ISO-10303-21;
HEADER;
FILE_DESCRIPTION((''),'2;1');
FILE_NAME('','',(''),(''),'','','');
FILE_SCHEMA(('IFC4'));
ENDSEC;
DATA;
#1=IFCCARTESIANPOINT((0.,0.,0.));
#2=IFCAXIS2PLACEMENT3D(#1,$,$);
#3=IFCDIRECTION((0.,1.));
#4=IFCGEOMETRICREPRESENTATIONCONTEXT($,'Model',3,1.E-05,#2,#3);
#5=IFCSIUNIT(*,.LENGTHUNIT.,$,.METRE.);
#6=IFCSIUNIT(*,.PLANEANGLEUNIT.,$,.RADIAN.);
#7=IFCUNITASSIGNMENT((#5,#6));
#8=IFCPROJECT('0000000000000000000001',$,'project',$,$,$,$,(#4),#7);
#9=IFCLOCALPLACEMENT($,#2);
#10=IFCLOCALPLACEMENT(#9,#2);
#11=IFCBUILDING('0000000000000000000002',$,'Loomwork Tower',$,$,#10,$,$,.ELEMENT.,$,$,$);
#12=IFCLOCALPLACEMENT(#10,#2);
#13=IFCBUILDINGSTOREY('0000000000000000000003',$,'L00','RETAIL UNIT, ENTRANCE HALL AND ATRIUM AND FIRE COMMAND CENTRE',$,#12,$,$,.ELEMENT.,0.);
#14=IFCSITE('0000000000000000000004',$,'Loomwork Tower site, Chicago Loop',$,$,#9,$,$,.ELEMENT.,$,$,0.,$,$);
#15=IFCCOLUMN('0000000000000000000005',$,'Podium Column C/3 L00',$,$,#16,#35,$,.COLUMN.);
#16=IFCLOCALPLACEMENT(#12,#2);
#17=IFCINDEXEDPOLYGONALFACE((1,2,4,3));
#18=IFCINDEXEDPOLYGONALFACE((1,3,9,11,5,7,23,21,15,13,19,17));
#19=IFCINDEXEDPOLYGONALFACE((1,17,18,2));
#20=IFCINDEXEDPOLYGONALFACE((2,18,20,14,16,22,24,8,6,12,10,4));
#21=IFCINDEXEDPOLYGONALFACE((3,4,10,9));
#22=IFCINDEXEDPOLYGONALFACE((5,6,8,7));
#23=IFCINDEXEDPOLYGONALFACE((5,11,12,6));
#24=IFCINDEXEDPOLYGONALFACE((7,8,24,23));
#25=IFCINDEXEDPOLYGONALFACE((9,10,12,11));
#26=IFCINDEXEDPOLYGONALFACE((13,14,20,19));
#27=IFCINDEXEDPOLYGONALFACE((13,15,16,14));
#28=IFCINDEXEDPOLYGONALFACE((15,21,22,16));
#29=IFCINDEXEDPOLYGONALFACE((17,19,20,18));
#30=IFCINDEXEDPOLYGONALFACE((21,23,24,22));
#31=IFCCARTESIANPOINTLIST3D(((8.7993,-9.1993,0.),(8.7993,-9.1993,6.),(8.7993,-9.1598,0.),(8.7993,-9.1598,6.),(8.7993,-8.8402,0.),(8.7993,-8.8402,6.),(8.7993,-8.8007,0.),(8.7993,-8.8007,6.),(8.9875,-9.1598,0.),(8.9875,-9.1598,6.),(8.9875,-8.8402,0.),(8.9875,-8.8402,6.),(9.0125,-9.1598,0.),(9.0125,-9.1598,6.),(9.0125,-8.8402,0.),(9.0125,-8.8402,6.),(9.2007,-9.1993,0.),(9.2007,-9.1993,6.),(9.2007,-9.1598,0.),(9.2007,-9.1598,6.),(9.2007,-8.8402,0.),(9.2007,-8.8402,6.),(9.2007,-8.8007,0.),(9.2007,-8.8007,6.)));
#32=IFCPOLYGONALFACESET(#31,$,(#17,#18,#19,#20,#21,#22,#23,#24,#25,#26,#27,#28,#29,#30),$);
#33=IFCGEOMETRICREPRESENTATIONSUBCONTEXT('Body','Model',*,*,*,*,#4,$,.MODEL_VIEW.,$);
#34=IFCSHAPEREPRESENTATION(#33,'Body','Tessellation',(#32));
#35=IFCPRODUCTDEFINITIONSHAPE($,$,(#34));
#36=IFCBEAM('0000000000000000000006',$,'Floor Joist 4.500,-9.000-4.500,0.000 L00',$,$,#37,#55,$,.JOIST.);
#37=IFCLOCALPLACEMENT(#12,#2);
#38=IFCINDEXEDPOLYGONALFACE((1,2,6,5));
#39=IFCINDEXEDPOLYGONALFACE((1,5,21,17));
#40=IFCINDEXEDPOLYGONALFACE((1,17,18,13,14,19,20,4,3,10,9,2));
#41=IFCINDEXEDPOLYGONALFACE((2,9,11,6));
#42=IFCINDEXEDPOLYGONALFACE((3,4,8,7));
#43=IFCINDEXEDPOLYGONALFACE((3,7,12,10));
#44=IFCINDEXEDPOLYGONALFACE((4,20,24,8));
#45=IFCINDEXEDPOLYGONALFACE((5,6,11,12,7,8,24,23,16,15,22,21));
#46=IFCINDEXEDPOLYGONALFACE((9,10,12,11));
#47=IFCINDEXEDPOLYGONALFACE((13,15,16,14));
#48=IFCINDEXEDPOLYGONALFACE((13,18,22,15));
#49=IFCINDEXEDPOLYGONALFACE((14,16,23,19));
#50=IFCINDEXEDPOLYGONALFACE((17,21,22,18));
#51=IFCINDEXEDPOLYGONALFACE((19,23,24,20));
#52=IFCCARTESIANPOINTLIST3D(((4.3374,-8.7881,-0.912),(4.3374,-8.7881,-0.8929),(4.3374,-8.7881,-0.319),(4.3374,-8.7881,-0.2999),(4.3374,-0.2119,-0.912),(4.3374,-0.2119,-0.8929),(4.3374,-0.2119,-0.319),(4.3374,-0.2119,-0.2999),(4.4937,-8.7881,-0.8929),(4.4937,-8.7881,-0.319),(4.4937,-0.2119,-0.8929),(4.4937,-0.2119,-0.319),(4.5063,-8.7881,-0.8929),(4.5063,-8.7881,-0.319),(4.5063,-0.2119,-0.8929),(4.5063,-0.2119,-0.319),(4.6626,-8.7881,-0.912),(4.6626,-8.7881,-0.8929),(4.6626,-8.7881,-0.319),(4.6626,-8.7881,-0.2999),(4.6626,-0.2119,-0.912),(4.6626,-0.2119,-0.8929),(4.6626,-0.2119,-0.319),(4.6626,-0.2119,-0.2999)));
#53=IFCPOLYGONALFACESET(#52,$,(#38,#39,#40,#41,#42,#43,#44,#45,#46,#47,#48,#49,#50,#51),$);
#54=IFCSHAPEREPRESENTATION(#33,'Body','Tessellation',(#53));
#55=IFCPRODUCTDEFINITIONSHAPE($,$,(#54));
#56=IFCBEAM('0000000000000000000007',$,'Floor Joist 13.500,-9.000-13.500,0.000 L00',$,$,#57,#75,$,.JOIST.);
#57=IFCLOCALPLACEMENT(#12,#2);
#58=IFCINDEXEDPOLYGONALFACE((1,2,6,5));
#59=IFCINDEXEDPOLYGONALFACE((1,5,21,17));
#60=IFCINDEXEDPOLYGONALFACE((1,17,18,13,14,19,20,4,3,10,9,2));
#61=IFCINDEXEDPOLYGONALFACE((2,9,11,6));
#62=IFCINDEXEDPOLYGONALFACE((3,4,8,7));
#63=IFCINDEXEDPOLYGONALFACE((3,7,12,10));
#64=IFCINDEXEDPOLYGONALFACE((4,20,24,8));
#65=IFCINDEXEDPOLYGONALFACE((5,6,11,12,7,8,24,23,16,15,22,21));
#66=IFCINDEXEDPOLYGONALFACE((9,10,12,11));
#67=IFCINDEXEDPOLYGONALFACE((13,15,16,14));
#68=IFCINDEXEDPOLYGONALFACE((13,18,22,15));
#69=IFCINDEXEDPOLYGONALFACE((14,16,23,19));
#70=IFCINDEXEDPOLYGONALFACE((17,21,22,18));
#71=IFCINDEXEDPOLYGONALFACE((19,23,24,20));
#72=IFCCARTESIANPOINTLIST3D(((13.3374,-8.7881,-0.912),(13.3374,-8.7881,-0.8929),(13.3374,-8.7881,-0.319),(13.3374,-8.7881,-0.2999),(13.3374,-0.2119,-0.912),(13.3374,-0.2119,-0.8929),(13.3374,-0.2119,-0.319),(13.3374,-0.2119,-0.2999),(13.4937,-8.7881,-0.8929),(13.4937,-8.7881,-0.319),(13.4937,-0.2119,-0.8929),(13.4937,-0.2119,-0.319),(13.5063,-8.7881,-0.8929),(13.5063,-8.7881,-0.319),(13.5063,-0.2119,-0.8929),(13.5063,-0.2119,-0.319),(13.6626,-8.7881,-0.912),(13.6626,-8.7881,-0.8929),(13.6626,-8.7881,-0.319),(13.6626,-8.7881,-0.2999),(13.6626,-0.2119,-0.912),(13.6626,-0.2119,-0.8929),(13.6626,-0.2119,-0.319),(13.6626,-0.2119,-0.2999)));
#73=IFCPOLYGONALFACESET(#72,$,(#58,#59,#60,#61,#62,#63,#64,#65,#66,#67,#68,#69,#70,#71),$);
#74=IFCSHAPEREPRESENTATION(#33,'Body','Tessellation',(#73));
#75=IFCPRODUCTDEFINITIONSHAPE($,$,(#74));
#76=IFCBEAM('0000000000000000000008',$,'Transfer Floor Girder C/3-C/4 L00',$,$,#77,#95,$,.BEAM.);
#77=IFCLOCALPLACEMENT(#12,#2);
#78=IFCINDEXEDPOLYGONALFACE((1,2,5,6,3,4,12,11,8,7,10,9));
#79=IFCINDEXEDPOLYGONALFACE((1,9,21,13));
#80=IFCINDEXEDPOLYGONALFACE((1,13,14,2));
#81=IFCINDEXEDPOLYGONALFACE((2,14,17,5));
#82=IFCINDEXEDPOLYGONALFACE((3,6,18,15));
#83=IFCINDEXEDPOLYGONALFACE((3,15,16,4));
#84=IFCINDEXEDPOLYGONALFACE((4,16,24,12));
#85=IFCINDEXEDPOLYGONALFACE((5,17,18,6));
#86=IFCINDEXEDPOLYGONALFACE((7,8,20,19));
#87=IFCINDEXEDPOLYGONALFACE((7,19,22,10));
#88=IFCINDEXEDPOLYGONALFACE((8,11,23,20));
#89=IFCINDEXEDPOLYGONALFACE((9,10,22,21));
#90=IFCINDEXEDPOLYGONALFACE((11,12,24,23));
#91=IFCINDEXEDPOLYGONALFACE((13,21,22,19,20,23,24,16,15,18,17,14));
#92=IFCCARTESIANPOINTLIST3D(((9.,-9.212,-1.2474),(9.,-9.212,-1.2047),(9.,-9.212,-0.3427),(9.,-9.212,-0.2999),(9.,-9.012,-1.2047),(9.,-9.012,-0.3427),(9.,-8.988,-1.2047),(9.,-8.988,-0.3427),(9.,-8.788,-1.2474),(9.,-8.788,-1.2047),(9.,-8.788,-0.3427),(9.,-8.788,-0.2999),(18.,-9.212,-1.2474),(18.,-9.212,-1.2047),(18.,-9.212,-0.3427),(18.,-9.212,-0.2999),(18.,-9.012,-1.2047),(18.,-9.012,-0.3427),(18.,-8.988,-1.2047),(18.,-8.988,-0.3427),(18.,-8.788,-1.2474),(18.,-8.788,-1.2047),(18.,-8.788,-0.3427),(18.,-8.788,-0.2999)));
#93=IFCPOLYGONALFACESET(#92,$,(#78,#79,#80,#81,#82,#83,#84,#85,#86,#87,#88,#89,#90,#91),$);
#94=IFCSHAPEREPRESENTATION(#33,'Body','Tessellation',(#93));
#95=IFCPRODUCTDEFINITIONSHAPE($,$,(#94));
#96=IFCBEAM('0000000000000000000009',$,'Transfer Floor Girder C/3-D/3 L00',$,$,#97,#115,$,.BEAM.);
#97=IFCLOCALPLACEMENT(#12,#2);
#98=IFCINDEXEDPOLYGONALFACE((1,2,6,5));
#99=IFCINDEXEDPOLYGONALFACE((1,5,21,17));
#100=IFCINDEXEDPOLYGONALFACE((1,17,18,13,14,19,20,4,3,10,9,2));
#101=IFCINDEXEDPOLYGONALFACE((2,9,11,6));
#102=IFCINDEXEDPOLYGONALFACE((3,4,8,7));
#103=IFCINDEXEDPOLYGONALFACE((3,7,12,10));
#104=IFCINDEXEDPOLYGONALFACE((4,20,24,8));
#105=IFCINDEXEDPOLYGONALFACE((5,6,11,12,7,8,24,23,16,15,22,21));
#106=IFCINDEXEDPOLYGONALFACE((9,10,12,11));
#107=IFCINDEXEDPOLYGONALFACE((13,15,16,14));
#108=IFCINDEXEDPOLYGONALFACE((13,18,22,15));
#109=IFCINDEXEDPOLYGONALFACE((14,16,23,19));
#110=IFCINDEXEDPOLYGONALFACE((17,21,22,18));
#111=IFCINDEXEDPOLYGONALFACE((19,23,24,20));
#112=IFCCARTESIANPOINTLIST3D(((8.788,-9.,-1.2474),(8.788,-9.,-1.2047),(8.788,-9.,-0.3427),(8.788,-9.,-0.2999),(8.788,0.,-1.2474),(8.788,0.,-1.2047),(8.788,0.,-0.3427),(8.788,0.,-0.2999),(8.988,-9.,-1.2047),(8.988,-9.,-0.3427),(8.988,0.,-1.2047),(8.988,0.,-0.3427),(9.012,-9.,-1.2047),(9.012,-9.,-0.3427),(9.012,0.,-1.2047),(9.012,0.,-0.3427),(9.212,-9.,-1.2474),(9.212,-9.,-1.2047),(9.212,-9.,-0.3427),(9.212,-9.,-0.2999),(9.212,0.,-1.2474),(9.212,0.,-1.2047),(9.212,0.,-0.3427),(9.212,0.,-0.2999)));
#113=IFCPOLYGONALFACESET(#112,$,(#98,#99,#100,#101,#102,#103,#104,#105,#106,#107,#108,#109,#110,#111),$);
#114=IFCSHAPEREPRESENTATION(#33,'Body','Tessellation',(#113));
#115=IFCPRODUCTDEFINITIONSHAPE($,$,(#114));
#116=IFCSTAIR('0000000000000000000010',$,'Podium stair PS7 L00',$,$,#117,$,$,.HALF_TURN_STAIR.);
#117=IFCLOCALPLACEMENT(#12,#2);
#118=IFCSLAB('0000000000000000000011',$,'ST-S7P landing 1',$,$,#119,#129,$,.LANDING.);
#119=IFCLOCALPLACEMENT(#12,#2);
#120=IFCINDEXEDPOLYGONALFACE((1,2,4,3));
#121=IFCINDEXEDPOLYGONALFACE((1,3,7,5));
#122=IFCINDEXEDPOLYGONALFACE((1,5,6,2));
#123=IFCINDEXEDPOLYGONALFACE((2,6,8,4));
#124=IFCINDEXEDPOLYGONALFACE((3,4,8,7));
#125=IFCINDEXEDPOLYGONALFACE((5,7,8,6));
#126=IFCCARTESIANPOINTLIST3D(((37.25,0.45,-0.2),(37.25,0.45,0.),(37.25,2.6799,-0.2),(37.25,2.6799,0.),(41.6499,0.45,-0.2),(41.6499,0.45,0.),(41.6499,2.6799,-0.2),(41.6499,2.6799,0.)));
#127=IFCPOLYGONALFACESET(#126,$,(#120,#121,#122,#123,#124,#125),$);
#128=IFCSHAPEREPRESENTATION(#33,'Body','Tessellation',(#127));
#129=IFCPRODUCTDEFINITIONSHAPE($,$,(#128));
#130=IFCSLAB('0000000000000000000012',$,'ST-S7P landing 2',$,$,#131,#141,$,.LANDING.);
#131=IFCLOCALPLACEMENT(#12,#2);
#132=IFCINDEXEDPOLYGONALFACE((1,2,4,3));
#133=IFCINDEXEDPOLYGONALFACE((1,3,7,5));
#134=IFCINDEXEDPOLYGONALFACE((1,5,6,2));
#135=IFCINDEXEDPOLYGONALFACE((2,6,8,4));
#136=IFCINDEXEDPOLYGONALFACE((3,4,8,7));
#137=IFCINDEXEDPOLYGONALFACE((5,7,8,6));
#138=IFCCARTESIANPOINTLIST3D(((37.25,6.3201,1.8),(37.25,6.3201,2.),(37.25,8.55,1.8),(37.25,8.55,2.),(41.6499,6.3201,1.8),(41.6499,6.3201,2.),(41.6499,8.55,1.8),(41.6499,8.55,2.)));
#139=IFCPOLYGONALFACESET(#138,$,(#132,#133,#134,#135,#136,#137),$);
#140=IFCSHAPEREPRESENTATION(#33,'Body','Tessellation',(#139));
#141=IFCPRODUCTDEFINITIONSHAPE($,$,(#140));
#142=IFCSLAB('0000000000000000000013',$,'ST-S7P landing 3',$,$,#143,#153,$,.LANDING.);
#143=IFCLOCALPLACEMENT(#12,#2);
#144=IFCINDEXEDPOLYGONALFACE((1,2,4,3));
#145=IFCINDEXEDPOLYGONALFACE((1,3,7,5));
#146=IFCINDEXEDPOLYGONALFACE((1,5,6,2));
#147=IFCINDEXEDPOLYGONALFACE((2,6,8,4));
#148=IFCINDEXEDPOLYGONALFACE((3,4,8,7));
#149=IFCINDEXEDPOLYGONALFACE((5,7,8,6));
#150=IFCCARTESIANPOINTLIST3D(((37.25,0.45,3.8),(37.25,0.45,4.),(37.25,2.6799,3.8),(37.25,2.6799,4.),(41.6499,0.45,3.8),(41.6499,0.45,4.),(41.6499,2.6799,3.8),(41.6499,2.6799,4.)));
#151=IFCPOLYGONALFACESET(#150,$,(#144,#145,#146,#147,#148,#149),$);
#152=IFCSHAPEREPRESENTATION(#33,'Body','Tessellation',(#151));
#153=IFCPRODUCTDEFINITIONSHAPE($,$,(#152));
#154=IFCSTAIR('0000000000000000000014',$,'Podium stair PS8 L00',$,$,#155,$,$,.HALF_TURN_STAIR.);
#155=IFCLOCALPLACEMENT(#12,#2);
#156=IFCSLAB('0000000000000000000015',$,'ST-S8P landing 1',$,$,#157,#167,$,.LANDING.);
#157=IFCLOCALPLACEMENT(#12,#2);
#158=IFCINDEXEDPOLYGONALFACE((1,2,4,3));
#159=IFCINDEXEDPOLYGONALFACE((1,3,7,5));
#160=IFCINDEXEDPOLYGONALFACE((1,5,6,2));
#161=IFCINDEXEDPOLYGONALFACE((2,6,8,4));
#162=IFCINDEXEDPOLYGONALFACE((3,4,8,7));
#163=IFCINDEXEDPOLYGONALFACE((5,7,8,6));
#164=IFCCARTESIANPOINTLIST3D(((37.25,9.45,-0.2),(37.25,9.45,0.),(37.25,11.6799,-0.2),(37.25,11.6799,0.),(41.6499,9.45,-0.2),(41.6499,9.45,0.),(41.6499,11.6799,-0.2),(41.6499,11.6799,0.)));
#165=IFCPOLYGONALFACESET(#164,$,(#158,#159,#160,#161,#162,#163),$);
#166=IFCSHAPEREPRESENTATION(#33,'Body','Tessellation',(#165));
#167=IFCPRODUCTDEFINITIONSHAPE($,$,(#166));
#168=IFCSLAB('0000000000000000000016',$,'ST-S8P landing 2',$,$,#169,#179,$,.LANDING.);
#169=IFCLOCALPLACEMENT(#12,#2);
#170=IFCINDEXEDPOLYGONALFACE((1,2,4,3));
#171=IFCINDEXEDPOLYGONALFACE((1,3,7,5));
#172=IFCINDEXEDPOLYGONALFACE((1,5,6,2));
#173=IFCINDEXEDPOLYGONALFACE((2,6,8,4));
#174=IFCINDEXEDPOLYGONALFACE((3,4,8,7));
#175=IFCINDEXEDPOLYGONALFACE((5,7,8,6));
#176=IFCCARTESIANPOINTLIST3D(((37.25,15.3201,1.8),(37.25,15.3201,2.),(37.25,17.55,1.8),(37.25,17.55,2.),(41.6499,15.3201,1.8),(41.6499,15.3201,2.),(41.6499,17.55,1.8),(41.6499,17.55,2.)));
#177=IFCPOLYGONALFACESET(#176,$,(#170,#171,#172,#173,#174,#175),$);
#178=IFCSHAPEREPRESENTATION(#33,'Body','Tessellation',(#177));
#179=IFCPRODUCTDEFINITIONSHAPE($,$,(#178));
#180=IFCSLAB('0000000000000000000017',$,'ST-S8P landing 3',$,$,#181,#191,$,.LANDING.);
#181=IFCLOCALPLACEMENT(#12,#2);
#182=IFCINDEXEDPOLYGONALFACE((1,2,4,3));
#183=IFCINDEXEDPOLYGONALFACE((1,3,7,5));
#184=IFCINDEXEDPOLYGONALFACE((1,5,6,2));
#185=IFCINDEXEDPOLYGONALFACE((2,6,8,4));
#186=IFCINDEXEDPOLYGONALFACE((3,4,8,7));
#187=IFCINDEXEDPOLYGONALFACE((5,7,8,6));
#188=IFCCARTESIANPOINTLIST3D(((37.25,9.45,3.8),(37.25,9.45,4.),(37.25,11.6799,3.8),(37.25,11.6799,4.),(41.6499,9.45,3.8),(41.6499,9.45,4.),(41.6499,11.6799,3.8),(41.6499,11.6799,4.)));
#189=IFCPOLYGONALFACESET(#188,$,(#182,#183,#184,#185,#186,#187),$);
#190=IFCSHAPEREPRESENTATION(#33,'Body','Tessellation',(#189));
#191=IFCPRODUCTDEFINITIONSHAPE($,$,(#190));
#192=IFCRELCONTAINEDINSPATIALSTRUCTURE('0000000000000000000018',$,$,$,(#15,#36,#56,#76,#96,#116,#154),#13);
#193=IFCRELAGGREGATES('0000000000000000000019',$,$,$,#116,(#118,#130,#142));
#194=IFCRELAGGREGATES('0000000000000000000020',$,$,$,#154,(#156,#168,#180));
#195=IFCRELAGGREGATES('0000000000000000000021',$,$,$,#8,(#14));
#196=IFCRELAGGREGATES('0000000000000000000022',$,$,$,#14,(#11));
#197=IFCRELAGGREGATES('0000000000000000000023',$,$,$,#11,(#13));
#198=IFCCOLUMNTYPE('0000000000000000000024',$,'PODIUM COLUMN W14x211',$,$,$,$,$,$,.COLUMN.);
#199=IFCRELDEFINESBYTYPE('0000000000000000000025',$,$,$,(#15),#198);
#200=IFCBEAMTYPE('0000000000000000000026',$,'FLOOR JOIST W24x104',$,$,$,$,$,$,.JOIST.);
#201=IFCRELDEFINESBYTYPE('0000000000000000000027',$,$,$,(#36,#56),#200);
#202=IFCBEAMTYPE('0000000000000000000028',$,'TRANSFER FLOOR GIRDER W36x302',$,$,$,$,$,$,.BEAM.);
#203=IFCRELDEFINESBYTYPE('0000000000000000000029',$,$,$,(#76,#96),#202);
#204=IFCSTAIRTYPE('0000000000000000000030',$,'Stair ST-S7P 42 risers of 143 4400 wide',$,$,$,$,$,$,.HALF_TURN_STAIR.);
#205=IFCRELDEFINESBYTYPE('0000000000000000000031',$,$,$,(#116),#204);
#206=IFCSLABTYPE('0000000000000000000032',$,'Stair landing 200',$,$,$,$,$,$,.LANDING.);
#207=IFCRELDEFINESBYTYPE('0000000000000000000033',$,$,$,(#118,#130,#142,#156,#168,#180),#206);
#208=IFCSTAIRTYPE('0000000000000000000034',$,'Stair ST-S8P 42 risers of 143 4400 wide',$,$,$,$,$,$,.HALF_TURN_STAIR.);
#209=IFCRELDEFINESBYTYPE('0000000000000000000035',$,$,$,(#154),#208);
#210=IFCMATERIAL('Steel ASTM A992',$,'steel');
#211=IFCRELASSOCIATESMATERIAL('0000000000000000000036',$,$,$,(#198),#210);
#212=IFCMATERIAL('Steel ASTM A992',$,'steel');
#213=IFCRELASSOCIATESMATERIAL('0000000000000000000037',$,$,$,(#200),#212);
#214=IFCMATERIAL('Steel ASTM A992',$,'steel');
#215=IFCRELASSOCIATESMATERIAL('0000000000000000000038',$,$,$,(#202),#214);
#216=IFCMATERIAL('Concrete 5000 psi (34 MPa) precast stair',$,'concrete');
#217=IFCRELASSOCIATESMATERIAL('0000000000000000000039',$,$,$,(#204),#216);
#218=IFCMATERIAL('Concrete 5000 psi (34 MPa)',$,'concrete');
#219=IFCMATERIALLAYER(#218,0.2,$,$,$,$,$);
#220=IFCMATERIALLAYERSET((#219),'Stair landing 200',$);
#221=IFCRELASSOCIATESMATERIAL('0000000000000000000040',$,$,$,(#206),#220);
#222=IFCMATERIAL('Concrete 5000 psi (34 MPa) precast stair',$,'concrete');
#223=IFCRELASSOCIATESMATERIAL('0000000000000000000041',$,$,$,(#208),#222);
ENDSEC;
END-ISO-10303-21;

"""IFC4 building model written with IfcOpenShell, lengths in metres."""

from ifc_helpers import new_model, si_unit, direction, frame, origin, origin_2d, place, context, subcontext, project, spatial, polyline, i_section, outline, extrude, material, layer, layer_set, material_profile, profile_set, type_object, element, aggregate, save


model = new_model("IFC4")

# Units and contexts
model_context = context("Model", 3, precision=1e-05, world=origin(), true_north=direction((0.0, 1.0)))
body_context = subcontext(model_context, "Body", "Model", "MODEL_VIEW")
ifc_project = project(units=[si_unit("LENGTHUNIT", "METRE"), si_unit("PLANEANGLEUNIT", "RADIAN")], contexts=[model_context])

# Site, building, storey
site_placement = place(None, origin())
site = spatial("IfcSite", under=ifc_project, at=site_placement, Name="Loomwork Tower site, Chicago Loop", CompositionType="ELEMENT", RefElevation=0.0)
building_placement = place(site_placement, origin())
building = spatial("IfcBuilding", under=site, at=building_placement, Name="Loomwork Tower", CompositionType="ELEMENT")
storey_placement = place(building_placement, origin())
storey = spatial("IfcBuildingStorey", under=building, at=storey_placement, Name="L00", Description="RETAIL UNIT, ENTRANCE HALL AND ATRIUM AND FIRE COMMAND CENTRE", CompositionType="ELEMENT", Elevation=0.0)

# Column
ifc_material_1 = material(Name="Steel ASTM A992", Category="steel")
ifc_material_profile_1 = material_profile(ifc_material_1, i_section(OverallWidth=0.4014, OverallDepth=0.3987, WebThickness=0.0249, FlangeThickness=0.0396, at=origin_2d()), Name="W14x211")
ifc_profile_set_1 = profile_set([ifc_material_profile_1], Name="Steel ASTM A992")
column_type = type_object("IfcColumnType", Name="PODIUM COLUMN W14x211", PredefinedType="COLUMN", material=ifc_profile_set_1)
column_placement = place(storey_placement, frame((9.0, -9.0, 0.0), z_axis=(0.0, 0.0, 1.0), x_axis=(1.0, 0.0, 0.0)))
element("IfcColumn", 1, at=column_placement, inside=storey, type_object=column_type, Name="Podium Column C/3 L00", PredefinedType="COLUMN", context=body_context, shape_type="SweptSolid", body=[
    extrude(i_section(OverallWidth=0.4014, OverallDepth=0.3987, WebThickness=0.0249, FlangeThickness=0.0396, at=origin_2d()), origin(), (0.0, 0.0, 1.0), 6.0),
])

# Beams
ifc_material_2 = material(Name="Steel ASTM A992", Category="steel")
ifc_material_profile_2 = material_profile(ifc_material_2, i_section(OverallWidth=0.3252, OverallDepth=0.6121, WebThickness=0.0127, FlangeThickness=0.019, at=origin_2d()), Name="W24x104")
ifc_profile_set_2 = profile_set([ifc_material_profile_2], Name="Steel ASTM A992")
beam_type_1 = type_object("IfcBeamType", Name="FLOOR JOIST W24x104", PredefinedType="JOIST", material=ifc_profile_set_2)
for number, where, z_axis, x_axis, name in (
    (2, (4.5, -8.7881, -0.606), (0.0, 1.0, 0.0), (-1.0, 0.0, 0.0), "Floor Joist 4.500,-9.000-4.500,0.000 L00"),
    (3, (13.5, -8.7881, -0.606), (0.0, 1.0, 0.0), (-1.0, 0.0, 0.0), "Floor Joist 13.500,-9.000-13.500,0.000 L00"),
):
    element("IfcBeam", number, at=place(storey_placement, frame(where, z_axis=z_axis, x_axis=x_axis)), inside=storey, type_object=beam_type_1, Name=name, PredefinedType="JOIST", context=body_context, shape_type="SweptSolid", body=[
        extrude(i_section(OverallWidth=0.3252, OverallDepth=0.6121, WebThickness=0.0127, FlangeThickness=0.019, at=origin_2d()), origin(), (0.0, 0.0, 1.0), 8.5762),
    ])
ifc_material_3 = material(Name="Steel ASTM A992", Category="steel")
ifc_material_profile_3 = material_profile(ifc_material_3, i_section(OverallWidth=0.4241, OverallDepth=0.9475, WebThickness=0.0239, FlangeThickness=0.0427, at=origin_2d()), Name="W36x302")
ifc_profile_set_3 = profile_set([ifc_material_profile_3], Name="Steel ASTM A992")
beam_type_2 = type_object("IfcBeamType", Name="TRANSFER FLOOR GIRDER W36x302", PredefinedType="BEAM", material=ifc_profile_set_3)
for number, where, z_axis, x_axis, name in (
    (4, (9.0, -9.0, -0.7737), (1.0, 0.0, 0.0), (0.0, 1.0, 0.0), "Transfer Floor Girder C/3-C/4 L00"),
    (5, (9.0, -9.0, -0.7737), (0.0, 1.0, 0.0), (-1.0, 0.0, 0.0), "Transfer Floor Girder C/3-D/3 L00"),
):
    element("IfcBeam", number, at=place(storey_placement, frame(where, z_axis=z_axis, x_axis=x_axis)), inside=storey, type_object=beam_type_2, Name=name, PredefinedType="BEAM", context=body_context, shape_type="SweptSolid", body=[
        extrude(i_section(OverallWidth=0.4241, OverallDepth=0.9475, WebThickness=0.0239, FlangeThickness=0.0427, at=origin_2d()), origin(), (0.0, 0.0, 1.0), 9.0),
    ])

# Stairs, slabs
ifc_material_4 = material(Name="Concrete 5000 psi (34 MPa) precast stair", Category="concrete")
stair_type_1 = type_object("IfcStairType", Name="Stair ST-S7P 42 risers of 143 4400 wide", PredefinedType="HALF_TURN_STAIR", material=ifc_material_4)
stair_1_placement = place(storey_placement, origin())
stair_1 = element("IfcStair", 6, at=stair_1_placement, inside=storey, type_object=stair_type_1, Name="Podium stair PS7 L00", PredefinedType="HALF_TURN_STAIR")
ifc_material_5 = material(Name="Concrete 5000 psi (34 MPa)", Category="concrete")
ifc_layer_1 = layer(ifc_material_5, 0.2)
ifc_layer_set_1 = layer_set([ifc_layer_1], Name="Stair landing 200")
slab_type = type_object("IfcSlabType", Name="Stair landing 200", PredefinedType="LANDING", material=ifc_layer_set_1)
slab_1_placement = place(storey_placement, frame((0.0, 0.0, -0.2)))
slab_1 = element("IfcSlab", 7, at=slab_1_placement, type_object=slab_type, Name="ST-S7P landing 1", PredefinedType="LANDING", context=body_context, shape_type="SweptSolid", body=[
    extrude(outline(polyline([(37.25, 0.45), (41.6499, 0.45), (41.6499, 2.6799), (37.25, 2.6799), (37.25, 0.45)])), origin(), (0.0, 0.0, 1.0), 0.2),
])
slab_2_placement = place(storey_placement, frame((0.0, 0.0, 1.8)))
slab_2 = element("IfcSlab", 8, at=slab_2_placement, type_object=slab_type, Name="ST-S7P landing 2", PredefinedType="LANDING", context=body_context, shape_type="SweptSolid", body=[
    extrude(outline(polyline([(37.25, 6.3201), (41.6499, 6.3201), (41.6499, 8.55), (37.25, 8.55), (37.25, 6.3201)])), origin(), (0.0, 0.0, 1.0), 0.2),
])
slab_3_placement = place(storey_placement, frame((0.0, 0.0, 3.8)))
slab_3 = element("IfcSlab", 9, at=slab_3_placement, type_object=slab_type, Name="ST-S7P landing 3", PredefinedType="LANDING", context=body_context, shape_type="SweptSolid", body=[
    extrude(outline(polyline([(37.25, 0.45), (41.6499, 0.45), (41.6499, 2.6799), (37.25, 2.6799), (37.25, 0.45)])), origin(), (0.0, 0.0, 1.0), 0.2),
])
aggregate(stair_1, [slab_1, slab_2, slab_3])
ifc_material_6 = material(Name="Concrete 5000 psi (34 MPa) precast stair", Category="concrete")
stair_type_2 = type_object("IfcStairType", Name="Stair ST-S8P 42 risers of 143 4400 wide", PredefinedType="HALF_TURN_STAIR", material=ifc_material_6)
stair_2_placement = place(storey_placement, origin())
stair_2 = element("IfcStair", 10, at=stair_2_placement, inside=storey, type_object=stair_type_2, Name="Podium stair PS8 L00", PredefinedType="HALF_TURN_STAIR")
slab_4_placement = place(storey_placement, frame((0.0, 0.0, -0.2)))
slab_4 = element("IfcSlab", 11, at=slab_4_placement, type_object=slab_type, Name="ST-S8P landing 1", PredefinedType="LANDING", context=body_context, shape_type="SweptSolid", body=[
    extrude(outline(polyline([(37.25, 9.45), (41.6499, 9.45), (41.6499, 11.6799), (37.25, 11.6799), (37.25, 9.45)])), origin(), (0.0, 0.0, 1.0), 0.2),
])
slab_5_placement = place(storey_placement, frame((0.0, 0.0, 1.8)))
slab_5 = element("IfcSlab", 12, at=slab_5_placement, type_object=slab_type, Name="ST-S8P landing 2", PredefinedType="LANDING", context=body_context, shape_type="SweptSolid", body=[
    extrude(outline(polyline([(37.25, 15.3201), (41.6499, 15.3201), (41.6499, 17.55), (37.25, 17.55), (37.25, 15.3201)])), origin(), (0.0, 0.0, 1.0), 0.2),
])
slab_6_placement = place(storey_placement, frame((0.0, 0.0, 3.8)))
slab_6 = element("IfcSlab", 13, at=slab_6_placement, type_object=slab_type, Name="ST-S8P landing 3", PredefinedType="LANDING", context=body_context, shape_type="SweptSolid", body=[
    extrude(outline(polyline([(37.25, 9.45), (41.6499, 9.45), (41.6499, 11.6799), (37.25, 11.6799), (37.25, 9.45)])), origin(), (0.0, 0.0, 1.0), 0.2),
])
aggregate(stair_2, [slab_4, slab_5, slab_6])

save(model, "model.ifc")
